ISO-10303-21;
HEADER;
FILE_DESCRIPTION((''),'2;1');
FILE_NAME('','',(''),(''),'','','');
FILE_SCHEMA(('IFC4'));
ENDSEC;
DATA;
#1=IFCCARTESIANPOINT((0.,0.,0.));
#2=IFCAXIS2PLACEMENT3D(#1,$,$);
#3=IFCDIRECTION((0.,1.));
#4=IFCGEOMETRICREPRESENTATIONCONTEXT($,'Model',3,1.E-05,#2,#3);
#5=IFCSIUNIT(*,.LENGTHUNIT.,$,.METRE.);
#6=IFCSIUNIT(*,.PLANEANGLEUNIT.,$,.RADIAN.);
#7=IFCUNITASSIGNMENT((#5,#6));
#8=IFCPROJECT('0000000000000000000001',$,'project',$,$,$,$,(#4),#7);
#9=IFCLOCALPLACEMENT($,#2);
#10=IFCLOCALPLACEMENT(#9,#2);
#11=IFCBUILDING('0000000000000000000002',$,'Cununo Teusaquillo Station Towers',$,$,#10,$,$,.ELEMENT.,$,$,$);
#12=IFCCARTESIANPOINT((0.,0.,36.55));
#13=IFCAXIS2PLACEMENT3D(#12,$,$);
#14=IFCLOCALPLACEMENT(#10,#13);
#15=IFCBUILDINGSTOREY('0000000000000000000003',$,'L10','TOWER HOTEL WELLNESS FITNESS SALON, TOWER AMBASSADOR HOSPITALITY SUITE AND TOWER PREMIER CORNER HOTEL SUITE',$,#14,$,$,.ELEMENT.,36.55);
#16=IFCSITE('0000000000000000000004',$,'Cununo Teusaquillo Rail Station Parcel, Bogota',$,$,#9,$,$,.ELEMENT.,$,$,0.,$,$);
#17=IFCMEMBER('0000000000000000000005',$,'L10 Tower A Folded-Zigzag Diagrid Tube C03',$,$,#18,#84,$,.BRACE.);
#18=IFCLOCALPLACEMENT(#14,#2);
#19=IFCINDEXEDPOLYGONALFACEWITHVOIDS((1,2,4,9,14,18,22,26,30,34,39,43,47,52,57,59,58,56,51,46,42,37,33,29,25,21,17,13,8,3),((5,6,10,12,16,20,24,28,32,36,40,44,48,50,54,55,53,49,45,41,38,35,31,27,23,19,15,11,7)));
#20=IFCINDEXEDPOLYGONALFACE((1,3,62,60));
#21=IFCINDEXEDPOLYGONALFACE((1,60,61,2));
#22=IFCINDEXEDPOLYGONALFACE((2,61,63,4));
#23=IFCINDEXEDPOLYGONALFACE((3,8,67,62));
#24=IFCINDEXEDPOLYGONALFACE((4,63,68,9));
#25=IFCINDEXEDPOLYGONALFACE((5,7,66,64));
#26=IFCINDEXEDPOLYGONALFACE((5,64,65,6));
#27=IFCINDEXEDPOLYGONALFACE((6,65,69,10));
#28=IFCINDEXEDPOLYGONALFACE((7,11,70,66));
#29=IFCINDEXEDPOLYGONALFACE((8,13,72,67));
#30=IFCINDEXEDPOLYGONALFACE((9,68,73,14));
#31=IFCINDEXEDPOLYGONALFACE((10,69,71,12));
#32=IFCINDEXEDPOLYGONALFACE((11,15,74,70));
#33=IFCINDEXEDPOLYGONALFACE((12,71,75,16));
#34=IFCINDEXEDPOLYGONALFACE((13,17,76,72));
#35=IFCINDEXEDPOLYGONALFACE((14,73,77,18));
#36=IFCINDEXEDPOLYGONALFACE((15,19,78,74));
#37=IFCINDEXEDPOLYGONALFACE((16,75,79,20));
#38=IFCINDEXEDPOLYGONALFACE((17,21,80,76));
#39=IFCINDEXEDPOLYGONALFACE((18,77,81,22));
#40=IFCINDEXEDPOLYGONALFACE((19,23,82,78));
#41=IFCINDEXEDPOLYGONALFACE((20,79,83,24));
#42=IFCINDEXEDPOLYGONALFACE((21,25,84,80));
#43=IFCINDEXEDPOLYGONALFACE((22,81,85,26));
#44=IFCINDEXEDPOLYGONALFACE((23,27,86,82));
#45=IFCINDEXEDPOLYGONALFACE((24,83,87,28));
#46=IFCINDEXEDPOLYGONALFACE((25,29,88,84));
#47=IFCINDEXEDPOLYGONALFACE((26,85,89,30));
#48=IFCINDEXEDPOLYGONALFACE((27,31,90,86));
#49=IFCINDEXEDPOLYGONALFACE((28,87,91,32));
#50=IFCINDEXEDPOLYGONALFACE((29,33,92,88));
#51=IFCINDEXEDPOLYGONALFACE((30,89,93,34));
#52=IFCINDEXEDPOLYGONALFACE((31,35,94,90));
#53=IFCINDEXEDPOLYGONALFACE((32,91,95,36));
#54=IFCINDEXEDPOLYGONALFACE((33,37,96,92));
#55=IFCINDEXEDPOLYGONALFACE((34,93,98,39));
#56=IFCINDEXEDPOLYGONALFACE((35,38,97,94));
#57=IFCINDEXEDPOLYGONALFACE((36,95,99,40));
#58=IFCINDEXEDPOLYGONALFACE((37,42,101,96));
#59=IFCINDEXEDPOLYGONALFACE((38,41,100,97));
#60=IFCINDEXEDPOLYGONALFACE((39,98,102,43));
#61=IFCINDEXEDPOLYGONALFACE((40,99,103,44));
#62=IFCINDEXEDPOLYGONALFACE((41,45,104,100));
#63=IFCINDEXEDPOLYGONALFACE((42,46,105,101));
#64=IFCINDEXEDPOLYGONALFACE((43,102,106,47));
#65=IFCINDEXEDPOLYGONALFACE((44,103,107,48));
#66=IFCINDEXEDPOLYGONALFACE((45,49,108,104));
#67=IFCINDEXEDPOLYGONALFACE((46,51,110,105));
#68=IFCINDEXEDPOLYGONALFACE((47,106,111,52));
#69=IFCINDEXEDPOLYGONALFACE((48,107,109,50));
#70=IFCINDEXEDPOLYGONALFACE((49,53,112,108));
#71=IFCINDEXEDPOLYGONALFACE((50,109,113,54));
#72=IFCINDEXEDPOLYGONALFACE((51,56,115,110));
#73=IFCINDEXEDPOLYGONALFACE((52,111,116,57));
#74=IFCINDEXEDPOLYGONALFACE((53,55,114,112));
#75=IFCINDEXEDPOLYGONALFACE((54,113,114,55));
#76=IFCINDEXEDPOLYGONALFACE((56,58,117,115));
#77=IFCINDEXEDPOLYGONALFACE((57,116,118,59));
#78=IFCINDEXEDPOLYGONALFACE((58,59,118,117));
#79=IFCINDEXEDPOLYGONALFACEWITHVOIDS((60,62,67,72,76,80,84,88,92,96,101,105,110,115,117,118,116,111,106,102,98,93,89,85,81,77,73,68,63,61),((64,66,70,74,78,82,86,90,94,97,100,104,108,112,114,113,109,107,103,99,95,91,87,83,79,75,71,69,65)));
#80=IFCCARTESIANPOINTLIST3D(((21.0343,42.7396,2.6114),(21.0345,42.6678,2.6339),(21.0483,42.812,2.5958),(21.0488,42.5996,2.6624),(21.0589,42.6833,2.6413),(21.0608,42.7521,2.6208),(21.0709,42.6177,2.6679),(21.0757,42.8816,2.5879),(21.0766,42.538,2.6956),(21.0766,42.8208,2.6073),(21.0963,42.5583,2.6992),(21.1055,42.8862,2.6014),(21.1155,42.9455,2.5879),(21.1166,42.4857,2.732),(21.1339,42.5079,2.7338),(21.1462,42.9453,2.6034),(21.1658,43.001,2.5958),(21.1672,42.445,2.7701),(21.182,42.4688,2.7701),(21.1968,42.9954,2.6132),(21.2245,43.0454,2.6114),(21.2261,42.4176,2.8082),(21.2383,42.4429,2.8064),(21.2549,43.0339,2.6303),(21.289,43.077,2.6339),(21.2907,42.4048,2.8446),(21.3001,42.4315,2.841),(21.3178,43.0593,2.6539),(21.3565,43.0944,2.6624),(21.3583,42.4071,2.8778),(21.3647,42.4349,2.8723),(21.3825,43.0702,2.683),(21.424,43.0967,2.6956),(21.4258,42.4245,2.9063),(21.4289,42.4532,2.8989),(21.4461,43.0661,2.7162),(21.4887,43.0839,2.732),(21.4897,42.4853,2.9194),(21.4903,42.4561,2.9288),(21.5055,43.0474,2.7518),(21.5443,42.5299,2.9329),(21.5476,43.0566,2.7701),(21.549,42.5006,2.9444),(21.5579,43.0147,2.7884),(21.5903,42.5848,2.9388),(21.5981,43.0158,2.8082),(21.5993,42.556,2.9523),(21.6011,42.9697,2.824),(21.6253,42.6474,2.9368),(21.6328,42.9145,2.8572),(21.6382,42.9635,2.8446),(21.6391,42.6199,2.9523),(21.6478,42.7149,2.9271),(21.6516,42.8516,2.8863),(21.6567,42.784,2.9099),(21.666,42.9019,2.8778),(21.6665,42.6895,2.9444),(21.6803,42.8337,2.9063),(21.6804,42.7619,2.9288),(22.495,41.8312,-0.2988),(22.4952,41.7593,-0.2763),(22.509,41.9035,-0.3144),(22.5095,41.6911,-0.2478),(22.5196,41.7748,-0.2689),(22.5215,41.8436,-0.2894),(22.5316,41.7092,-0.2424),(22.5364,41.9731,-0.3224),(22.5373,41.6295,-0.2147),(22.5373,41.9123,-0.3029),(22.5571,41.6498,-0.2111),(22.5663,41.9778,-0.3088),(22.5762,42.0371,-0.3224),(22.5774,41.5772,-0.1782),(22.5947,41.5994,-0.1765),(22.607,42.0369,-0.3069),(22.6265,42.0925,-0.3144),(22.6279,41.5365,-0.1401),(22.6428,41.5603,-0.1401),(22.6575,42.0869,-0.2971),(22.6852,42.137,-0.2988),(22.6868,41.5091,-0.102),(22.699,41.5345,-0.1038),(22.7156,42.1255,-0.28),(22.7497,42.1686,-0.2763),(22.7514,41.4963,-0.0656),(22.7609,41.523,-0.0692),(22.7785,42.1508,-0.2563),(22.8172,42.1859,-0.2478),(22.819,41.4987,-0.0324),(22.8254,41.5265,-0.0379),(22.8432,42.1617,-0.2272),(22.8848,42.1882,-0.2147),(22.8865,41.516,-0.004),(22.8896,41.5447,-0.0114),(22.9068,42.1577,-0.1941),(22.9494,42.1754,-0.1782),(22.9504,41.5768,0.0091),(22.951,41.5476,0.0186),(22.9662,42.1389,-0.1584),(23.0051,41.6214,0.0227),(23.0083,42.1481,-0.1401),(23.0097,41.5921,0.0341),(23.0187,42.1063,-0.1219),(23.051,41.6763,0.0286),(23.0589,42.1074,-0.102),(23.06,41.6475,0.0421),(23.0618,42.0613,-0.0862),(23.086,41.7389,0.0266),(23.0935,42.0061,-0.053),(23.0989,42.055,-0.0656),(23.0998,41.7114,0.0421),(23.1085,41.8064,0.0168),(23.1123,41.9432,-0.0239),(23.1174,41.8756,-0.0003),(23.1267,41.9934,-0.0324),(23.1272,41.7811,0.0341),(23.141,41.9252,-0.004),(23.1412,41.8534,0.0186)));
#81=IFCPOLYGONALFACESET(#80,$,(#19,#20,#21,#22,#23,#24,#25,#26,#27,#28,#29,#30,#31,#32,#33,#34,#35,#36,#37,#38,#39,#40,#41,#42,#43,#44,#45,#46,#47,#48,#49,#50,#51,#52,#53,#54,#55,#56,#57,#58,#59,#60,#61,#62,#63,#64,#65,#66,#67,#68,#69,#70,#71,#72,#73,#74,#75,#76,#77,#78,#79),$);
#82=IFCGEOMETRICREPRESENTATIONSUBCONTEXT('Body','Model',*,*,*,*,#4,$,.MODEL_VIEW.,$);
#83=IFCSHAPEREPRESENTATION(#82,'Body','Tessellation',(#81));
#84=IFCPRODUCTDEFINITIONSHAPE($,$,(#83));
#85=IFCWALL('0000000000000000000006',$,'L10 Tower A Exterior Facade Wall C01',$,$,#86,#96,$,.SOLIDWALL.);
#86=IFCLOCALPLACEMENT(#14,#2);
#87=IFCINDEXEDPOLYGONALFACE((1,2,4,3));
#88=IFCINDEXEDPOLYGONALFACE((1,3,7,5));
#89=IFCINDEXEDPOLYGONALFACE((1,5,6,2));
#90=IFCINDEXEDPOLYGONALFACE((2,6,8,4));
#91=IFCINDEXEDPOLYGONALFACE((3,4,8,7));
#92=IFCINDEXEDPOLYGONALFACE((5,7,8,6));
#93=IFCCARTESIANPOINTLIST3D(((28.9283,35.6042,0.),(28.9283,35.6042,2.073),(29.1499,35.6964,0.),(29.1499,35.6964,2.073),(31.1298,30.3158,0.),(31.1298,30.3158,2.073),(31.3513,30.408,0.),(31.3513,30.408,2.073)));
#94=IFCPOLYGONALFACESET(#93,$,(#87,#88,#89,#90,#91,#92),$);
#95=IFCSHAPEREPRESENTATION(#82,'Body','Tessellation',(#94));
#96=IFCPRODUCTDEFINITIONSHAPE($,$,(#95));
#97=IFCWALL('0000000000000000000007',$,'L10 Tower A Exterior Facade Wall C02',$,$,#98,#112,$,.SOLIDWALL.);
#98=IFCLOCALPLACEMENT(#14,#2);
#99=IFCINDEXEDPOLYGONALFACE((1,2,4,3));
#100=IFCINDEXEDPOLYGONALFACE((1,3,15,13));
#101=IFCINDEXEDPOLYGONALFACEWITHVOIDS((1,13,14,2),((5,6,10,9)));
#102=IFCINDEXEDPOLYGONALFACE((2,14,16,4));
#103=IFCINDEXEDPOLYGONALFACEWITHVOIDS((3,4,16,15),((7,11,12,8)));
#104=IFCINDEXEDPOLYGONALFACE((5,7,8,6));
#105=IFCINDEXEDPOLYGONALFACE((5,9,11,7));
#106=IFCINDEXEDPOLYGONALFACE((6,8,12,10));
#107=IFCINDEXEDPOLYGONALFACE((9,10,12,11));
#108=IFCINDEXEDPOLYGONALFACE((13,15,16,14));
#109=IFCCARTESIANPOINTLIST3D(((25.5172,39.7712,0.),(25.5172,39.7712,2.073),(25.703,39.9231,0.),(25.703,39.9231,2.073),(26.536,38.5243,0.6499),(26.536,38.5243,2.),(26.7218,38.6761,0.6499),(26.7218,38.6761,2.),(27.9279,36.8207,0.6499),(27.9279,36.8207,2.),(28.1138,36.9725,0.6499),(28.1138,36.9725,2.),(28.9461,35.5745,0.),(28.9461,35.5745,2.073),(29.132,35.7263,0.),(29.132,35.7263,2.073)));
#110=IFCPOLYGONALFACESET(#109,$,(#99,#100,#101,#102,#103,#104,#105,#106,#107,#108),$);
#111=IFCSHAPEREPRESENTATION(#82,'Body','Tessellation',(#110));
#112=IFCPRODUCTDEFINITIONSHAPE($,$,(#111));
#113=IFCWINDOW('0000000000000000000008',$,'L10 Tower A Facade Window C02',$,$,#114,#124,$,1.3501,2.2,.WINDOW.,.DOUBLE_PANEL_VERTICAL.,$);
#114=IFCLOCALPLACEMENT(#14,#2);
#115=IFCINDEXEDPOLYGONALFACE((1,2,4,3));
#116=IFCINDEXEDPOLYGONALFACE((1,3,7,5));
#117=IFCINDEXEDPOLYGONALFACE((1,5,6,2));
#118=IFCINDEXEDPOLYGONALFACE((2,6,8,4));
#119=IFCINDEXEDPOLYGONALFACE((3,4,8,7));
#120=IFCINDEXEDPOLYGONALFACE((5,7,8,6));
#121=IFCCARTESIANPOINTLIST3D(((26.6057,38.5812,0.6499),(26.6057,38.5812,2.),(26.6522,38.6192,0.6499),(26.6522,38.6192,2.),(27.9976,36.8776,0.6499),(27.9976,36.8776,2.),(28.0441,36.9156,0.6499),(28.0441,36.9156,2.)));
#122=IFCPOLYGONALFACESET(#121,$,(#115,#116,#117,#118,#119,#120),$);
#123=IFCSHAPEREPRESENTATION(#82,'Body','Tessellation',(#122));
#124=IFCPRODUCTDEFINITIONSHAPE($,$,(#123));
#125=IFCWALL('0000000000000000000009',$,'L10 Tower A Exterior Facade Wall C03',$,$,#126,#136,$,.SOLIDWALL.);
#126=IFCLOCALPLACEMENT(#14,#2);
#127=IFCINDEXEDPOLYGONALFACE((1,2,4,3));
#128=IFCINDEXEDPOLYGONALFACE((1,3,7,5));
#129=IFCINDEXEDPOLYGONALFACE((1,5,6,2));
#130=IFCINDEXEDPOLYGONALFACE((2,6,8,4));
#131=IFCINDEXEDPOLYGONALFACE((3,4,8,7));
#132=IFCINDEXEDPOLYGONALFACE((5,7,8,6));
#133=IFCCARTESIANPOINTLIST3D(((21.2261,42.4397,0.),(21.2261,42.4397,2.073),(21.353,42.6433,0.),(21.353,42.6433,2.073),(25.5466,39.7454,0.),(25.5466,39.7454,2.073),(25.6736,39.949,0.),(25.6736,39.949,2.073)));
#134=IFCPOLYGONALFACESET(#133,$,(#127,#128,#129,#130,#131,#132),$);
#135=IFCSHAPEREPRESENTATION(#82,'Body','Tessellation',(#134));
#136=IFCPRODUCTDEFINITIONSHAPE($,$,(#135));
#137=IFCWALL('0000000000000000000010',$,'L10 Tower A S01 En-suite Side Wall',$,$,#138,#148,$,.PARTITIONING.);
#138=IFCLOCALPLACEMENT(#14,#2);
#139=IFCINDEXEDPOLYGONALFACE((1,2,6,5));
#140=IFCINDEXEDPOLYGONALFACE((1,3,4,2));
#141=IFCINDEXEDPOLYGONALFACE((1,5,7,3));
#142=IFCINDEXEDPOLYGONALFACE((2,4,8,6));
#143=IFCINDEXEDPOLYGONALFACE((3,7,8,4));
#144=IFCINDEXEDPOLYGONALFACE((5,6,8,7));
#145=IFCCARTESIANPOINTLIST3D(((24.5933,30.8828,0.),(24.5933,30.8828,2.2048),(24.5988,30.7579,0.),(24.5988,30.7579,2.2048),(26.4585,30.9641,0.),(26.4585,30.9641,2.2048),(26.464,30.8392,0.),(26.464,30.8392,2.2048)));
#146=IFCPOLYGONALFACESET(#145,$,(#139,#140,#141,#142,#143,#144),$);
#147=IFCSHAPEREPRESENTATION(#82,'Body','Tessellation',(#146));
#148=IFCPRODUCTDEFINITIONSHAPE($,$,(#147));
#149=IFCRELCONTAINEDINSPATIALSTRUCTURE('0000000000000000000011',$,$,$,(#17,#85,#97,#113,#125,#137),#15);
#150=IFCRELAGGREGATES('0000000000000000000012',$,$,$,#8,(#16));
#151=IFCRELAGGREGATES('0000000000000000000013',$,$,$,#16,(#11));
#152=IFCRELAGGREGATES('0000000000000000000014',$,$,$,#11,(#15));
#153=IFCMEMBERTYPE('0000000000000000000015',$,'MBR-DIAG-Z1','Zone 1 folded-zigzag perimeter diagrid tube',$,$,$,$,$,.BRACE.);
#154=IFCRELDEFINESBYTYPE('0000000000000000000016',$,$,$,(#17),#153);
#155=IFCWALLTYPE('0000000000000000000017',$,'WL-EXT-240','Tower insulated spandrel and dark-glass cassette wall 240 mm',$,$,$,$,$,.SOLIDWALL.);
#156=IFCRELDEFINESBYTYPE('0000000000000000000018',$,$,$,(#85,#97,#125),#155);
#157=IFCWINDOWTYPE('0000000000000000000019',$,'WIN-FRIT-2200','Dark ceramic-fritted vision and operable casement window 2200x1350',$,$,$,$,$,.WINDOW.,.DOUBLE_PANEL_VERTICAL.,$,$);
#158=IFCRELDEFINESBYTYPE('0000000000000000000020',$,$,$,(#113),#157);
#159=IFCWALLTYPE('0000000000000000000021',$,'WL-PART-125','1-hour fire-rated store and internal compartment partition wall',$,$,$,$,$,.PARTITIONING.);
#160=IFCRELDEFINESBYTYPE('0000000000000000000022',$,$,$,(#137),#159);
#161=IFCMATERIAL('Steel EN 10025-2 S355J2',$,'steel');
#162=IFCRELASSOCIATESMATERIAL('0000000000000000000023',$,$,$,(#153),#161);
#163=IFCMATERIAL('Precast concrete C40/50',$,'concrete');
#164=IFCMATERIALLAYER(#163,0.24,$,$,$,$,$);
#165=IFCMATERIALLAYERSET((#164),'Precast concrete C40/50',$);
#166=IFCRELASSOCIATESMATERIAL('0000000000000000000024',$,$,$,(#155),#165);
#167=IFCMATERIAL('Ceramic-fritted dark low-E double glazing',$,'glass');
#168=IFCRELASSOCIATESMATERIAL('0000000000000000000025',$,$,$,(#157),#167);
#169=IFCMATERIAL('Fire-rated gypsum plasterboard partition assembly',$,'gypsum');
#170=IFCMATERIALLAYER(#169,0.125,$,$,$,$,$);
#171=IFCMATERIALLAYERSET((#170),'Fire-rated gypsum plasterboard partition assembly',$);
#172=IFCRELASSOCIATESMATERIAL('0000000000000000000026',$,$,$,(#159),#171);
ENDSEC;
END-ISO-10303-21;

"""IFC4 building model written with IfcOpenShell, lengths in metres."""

from ifc_helpers import new_model, si_unit, direction, frame, frame_2d, origin, origin_2d, place, context, subcontext, project, spatial, rectangle, hollow_circle, extrude, source, transform, mapped, material, layer, layer_set, material_profile, profile_set, type_object, element, fill, save


model = new_model("IFC4")

# Units and contexts
model_context = context("Model", 3, precision=1e-05, world=origin(), true_north=direction((0.0, 1.0)))
body_context = subcontext(model_context, "Body", "Model", "MODEL_VIEW")
ifc_project = project(units=[si_unit("LENGTHUNIT", "METRE"), si_unit("PLANEANGLEUNIT", "RADIAN")], contexts=[model_context])

# Site, building, storey
site_placement = place(None, origin())
site = spatial("IfcSite", under=ifc_project, at=site_placement, Name="Cununo Teusaquillo Rail Station Parcel, Bogota", CompositionType="ELEMENT", RefElevation=0.0)
building_placement = place(site_placement, origin())
building = spatial("IfcBuilding", under=site, at=building_placement, Name="Cununo Teusaquillo Station Towers", CompositionType="ELEMENT")
storey_placement = place(building_placement, frame((0.0, 0.0, 36.55)))
storey = spatial("IfcBuildingStorey", under=building, at=storey_placement, Name="L10", Description="TOWER HOTEL WELLNESS FITNESS SALON, TOWER AMBASSADOR HOSPITALITY SUITE AND TOWER PREMIER CORNER HOTEL SUITE", CompositionType="ELEMENT", Elevation=36.55)

# Member
ifc_material_1 = material(Name="Steel EN 10025-2 S355J2", Category="steel")
ifc_material_profile_1 = material_profile(ifc_material_1, hollow_circle(Radius=0.3601, WallThickness=0.0281, at=origin_2d()), Name="CHS 720x28")
ifc_profile_set_1 = profile_set([ifc_material_profile_1], Name="Steel EN 10025-2 S355J2")
member_type = type_object("IfcMemberType", Name="MBR-DIAG-Z1", Description="Zone 1 folded-zigzag perimeter diagrid tube", PredefinedType="BRACE", material=ifc_profile_set_1)
member_1_placement = place(storey_placement, frame((22.8181, 41.8423, -0.1401), z_axis=(-0.432091, 0.26873, 0.860861), x_axis=(-0.528122, -0.849168, 0.0)))
element("IfcMember", 1, at=member_1_placement, inside=storey, type_object=member_type, Name="L10 Tower A Folded-Zigzag Diagrid Tube C03", PredefinedType="BRACE", context=body_context, shape_type="SweptSolid", body=[
    extrude(hollow_circle(Radius=0.3601, WallThickness=0.0281, at=origin_2d()), origin(), (0.0, 0.0, 1.0), 3.3806),
])

# Wall
ifc_material_2 = material(Name="Precast concrete C40/50", Category="concrete")
ifc_layer_1 = layer(ifc_material_2, 0.24)
ifc_layer_set_1 = layer_set([ifc_layer_1], Name="Precast concrete C40/50")
wall_type_1 = type_object("IfcWallType", Name="WL-EXT-240", Description="Tower insulated spandrel and dark-glass cassette wall 240 mm", PredefinedType="SOLIDWALL", material=ifc_layer_set_1)
wall_1_placement = place(storey_placement, frame((29.0391, 35.6504, 0.0), z_axis=(0.0, 0.0, 1.0), x_axis=(0.38431, -0.923204, 0.0)))
element("IfcWall", 2, at=wall_1_placement, inside=storey, type_object=wall_type_1, Name="L10 Tower A Exterior Facade Wall C01", PredefinedType="SOLIDWALL", context=body_context, shape_type="SweptSolid", body=[
    extrude(rectangle(XDim=5.7283, YDim=0.24, at=frame_2d((2.8643, 0.0))), origin(), (0.0, 0.0, 1.0), 2.073),
])

# Wall, opening, window
wall_2_placement = place(storey_placement, frame((25.6101, 39.8472, 0.0), z_axis=(0.0, 0.0, 1.0), x_axis=(0.63271, -0.774389, 0.0)))
wall_2 = element("IfcWall", 3, at=wall_2_placement, inside=storey, type_object=wall_type_1, Name="L10 Tower A Exterior Facade Wall C02", PredefinedType="SOLIDWALL", context=body_context, shape_type="SweptSolid", body=[
    extrude(rectangle(XDim=5.4194, YDim=0.24, at=frame_2d((2.7097, 0.0))), origin(), (0.0, 0.0, 1.0), 2.073),
])
shared_shape_1 = source(origin(), body_context, "Body", "SweptSolid", [
    extrude(rectangle(XDim=2.2, YDim=1.3501, at=frame_2d((1.1001, 0.675))), frame((0.0, 0.1299, 0.0), z_axis=(0.0, -1.0, 0.0), x_axis=(1.0, 0.0, 0.0)), (0.0, 0.0, 1.0), 0.26),
])
opening_1_placement = place(wall_2_placement, frame((1.6101, 0.0, 0.6499)))
opening_1 = element("IfcOpeningElement", 4, at=opening_1_placement, cuts=wall_2, PredefinedType="OPENING", context=body_context, shape_type="MappedRepresentation", body=[
    mapped(shared_shape_1, transform((0.0, 0.0, 0.0), x_axis=(1.0, 0.0, 0.0), y_axis=(0.0, 1.0, 0.0), z_axis=(0.0, 0.0, 1.0), scale=1.0)),
])
ifc_material_3 = material(Name="Ceramic-fritted dark low-E double glazing", Category="glass")
window_type = type_object("IfcWindowType", Name="WIN-FRIT-2200", Description="Dark ceramic-fritted vision and operable casement window 2200x1350", PartitioningType="DOUBLE_PANEL_VERTICAL", PredefinedType="WINDOW", material=ifc_material_3)
shared_shape_2 = source(origin(), body_context, "Body", "SweptSolid", [
    extrude(rectangle(XDim=2.2, YDim=1.3501, at=frame_2d((1.1001, 0.675))), frame((0.0, 0.03, 0.0), z_axis=(0.0, -1.0, 0.0), x_axis=(1.0, 0.0, 0.0)), (0.0, 0.0, 1.0), 0.0601),
])
window_placement = place(opening_1_placement, origin())
window = element("IfcWindow", 5, at=window_placement, inside=storey, type_object=window_type, Name="L10 Tower A Facade Window C02", OverallHeight=1.3501, OverallWidth=2.2, PartitioningType="DOUBLE_PANEL_VERTICAL", PredefinedType="WINDOW", context=body_context, shape_type="MappedRepresentation", body=[
    mapped(shared_shape_2, transform((0.0, 0.0, 0.0), x_axis=(1.0, 0.0, 0.0), y_axis=(0.0, 1.0, 0.0), z_axis=(0.0, 0.0, 1.0), scale=1.0)),
])
fill(opening_1, window)

# Walls
wall_3_placement = place(storey_placement, frame((21.2896, 42.5415, 0.0), z_axis=(0.0, 0.0, 1.0), x_axis=(0.848529, -0.52915, 0.0)))
element("IfcWall", 6, at=wall_3_placement, inside=storey, type_object=wall_type_1, Name="L10 Tower A Exterior Facade Wall C03", PredefinedType="SOLIDWALL", context=body_context, shape_type="SweptSolid", body=[
    extrude(rectangle(XDim=5.0918, YDim=0.24, at=frame_2d((2.5459, 0.0))), origin(), (0.0, 0.0, 1.0), 2.073),
])
ifc_material_4 = material(Name="Fire-rated gypsum plasterboard partition assembly", Category="gypsum")
ifc_layer_2 = layer(ifc_material_4, 0.125)
ifc_layer_set_2 = layer_set([ifc_layer_2], Name="Fire-rated gypsum plasterboard partition assembly")
wall_type_2 = type_object("IfcWallType", Name="WL-PART-125", Description="1-hour fire-rated store and internal compartment partition wall", PredefinedType="PARTITIONING", material=ifc_layer_set_2)
wall_4_placement = place(storey_placement, frame((24.5959, 30.8203, 0.0), z_axis=(0.0, 0.0, 1.0), x_axis=(0.999051, 0.043545, 0.0)))
element("IfcWall", 7, at=wall_4_placement, inside=storey, type_object=wall_type_2, Name="L10 Tower A S01 En-suite Side Wall", PredefinedType="PARTITIONING", context=body_context, shape_type="SweptSolid", body=[
    extrude(rectangle(XDim=1.8669, YDim=0.125, at=frame_2d((0.9336, 0.0))), origin(), (0.0, 0.0, 1.0), 2.2048),
])

save(model, "model.ifc")
